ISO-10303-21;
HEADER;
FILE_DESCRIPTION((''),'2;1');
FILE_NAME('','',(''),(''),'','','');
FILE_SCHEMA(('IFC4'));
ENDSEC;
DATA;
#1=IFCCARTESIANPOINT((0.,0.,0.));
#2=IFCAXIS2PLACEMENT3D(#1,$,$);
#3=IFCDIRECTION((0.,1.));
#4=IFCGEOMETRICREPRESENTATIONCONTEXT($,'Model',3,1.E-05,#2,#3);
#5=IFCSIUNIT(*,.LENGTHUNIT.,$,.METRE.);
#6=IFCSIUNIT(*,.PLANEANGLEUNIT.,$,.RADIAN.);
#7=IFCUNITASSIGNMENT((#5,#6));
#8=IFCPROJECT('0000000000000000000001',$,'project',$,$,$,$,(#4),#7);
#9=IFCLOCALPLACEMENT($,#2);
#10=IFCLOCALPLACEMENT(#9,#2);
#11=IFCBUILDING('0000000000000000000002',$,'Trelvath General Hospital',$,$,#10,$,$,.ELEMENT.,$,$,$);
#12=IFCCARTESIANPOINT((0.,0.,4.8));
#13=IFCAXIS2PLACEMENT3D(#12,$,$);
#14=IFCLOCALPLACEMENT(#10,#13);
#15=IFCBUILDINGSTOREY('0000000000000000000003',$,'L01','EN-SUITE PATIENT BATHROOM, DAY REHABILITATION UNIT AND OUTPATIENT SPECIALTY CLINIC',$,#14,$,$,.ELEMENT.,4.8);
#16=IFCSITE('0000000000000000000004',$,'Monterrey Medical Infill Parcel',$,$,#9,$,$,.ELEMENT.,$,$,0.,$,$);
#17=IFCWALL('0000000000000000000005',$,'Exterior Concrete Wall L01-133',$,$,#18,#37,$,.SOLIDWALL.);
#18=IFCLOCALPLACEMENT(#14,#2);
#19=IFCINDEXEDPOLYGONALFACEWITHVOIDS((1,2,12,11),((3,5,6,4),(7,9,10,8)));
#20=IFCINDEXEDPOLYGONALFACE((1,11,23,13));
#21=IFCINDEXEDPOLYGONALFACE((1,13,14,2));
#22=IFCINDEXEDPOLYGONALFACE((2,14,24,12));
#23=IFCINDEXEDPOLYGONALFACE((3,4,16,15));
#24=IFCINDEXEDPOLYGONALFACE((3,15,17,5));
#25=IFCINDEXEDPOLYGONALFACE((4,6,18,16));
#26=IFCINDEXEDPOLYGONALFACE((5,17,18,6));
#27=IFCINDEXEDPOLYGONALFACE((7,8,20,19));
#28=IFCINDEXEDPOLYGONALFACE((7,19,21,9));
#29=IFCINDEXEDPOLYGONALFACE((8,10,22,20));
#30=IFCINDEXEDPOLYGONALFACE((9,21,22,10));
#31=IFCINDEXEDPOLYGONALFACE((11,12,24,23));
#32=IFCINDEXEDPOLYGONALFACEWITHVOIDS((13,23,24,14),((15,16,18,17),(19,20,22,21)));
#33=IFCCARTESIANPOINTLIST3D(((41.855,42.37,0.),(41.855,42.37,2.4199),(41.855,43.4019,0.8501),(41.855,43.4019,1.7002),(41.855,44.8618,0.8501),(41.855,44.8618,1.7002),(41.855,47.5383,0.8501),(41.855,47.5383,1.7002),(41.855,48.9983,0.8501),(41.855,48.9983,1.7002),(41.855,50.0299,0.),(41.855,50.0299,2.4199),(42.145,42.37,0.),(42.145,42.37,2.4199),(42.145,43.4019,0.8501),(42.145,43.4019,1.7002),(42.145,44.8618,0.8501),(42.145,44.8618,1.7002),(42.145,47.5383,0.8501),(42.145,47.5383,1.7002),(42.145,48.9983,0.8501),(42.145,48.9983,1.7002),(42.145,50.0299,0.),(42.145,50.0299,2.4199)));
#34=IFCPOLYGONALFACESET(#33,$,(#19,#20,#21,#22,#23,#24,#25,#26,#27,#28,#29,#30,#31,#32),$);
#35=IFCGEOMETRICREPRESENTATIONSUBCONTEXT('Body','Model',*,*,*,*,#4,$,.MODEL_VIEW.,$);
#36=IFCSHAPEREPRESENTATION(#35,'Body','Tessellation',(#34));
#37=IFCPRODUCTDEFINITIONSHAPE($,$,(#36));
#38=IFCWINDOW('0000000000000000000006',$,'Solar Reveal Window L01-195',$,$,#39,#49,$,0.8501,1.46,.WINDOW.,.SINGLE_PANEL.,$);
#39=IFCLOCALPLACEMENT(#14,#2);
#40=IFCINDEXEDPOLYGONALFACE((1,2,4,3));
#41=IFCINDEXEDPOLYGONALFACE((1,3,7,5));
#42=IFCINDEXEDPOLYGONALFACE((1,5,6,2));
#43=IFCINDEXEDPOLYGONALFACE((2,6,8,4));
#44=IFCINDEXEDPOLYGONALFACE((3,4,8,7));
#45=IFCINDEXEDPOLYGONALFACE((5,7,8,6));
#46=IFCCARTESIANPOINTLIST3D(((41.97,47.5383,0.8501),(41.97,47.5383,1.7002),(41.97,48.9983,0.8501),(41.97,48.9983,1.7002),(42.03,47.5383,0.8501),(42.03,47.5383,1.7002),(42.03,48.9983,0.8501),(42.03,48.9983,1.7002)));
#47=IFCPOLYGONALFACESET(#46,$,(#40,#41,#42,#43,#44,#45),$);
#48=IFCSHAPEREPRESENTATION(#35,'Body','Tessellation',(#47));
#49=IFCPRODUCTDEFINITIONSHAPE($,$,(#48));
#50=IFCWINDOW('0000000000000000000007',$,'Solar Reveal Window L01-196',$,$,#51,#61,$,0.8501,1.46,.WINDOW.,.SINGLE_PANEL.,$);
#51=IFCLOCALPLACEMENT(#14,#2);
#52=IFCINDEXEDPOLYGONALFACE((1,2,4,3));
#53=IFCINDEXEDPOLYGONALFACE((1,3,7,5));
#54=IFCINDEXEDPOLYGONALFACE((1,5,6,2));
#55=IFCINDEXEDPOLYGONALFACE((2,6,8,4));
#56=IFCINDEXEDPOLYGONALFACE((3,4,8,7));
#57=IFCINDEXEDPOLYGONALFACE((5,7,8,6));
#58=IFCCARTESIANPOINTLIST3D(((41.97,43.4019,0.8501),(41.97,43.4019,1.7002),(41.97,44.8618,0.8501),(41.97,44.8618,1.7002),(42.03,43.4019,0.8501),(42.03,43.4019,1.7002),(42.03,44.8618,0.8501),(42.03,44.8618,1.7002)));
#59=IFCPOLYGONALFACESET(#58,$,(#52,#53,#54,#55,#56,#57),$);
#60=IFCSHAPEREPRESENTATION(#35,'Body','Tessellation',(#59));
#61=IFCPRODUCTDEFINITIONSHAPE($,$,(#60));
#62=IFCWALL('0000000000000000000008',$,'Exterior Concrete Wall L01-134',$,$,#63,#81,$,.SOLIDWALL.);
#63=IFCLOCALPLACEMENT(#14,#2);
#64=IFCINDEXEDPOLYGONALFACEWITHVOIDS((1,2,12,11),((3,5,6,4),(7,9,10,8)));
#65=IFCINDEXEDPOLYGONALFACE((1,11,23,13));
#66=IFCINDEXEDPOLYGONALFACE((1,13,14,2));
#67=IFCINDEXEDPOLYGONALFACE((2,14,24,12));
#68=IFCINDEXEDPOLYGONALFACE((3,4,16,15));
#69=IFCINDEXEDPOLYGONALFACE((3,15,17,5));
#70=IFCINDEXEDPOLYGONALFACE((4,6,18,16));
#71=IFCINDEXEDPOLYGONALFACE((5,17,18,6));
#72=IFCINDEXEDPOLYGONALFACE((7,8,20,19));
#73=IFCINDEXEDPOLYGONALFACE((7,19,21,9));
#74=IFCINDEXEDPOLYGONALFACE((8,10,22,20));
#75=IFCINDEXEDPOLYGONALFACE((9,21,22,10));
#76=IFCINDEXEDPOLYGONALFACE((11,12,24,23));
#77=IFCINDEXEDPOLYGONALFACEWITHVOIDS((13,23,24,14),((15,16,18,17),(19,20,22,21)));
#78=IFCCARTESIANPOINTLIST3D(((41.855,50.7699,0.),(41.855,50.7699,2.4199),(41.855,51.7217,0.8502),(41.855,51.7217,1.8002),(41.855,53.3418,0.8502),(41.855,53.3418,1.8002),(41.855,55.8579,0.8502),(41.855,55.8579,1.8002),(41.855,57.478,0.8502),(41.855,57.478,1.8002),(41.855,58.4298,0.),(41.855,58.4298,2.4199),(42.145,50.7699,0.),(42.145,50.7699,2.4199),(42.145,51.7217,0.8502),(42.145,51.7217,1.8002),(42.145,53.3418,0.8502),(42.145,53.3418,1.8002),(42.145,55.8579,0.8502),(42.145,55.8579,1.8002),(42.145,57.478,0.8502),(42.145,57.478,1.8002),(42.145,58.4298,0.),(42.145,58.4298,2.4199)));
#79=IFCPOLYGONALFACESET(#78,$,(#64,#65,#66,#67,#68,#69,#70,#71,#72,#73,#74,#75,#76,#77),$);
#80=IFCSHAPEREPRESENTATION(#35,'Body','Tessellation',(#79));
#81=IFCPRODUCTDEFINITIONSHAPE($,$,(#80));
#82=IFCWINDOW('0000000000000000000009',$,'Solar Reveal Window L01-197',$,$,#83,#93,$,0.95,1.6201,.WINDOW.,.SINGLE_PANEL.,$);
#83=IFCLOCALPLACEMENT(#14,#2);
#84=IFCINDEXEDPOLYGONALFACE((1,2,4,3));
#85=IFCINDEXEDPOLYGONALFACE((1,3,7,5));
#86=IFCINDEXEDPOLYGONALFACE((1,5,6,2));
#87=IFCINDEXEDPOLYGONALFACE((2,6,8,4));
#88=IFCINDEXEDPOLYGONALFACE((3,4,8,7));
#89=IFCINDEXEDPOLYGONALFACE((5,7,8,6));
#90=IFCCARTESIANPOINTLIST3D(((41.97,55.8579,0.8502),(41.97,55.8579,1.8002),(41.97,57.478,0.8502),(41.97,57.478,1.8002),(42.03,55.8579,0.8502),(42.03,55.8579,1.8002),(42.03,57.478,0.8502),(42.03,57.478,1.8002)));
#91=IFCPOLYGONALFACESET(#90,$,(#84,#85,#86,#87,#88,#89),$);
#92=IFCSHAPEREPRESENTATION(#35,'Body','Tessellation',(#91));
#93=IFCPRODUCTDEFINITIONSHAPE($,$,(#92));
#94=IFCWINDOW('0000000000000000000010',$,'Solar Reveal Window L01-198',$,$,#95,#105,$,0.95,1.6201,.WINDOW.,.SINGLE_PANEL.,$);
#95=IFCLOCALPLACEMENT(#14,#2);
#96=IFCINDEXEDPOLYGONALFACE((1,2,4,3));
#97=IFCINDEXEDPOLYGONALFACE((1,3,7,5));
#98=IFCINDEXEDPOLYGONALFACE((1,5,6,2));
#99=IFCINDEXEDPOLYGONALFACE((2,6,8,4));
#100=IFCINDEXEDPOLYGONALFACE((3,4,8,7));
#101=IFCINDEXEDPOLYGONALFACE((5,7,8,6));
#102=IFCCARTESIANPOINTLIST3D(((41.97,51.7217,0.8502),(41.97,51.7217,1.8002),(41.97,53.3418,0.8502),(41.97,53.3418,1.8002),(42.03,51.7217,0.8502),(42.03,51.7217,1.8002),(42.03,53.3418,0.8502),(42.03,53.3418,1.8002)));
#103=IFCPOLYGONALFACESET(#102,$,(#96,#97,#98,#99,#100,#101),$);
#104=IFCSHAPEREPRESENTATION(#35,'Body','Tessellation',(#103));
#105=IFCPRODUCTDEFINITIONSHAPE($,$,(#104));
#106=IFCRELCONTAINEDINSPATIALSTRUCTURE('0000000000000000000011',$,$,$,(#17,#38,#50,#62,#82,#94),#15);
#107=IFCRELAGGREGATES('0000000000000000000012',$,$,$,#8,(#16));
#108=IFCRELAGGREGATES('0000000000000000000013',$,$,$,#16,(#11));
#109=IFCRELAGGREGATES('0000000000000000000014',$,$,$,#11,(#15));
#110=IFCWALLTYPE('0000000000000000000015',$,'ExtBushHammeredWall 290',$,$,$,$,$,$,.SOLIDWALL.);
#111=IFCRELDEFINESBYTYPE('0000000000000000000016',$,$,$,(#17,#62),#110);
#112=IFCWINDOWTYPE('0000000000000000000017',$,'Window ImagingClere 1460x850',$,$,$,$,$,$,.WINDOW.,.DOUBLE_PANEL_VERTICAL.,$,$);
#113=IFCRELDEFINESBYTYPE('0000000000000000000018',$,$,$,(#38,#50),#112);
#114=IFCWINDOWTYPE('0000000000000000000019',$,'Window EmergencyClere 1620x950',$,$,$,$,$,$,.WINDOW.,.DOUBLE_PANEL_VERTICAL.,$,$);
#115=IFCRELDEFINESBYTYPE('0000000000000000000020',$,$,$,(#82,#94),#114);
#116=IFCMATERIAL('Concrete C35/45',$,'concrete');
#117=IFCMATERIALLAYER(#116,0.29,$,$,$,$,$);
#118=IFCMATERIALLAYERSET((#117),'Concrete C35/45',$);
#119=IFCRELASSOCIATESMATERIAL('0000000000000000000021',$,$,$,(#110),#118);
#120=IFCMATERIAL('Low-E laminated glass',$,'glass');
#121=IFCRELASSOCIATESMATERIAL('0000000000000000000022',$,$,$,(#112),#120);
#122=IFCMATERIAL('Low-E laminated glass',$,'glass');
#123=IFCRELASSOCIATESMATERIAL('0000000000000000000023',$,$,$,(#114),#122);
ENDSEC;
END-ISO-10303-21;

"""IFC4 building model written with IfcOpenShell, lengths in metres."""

from ifc_helpers import new_model, si_unit, direction, frame, frame_2d, origin, place, context, subcontext, project, spatial, rectangle, extrude, material, layer, layer_set, type_object, element, fill, save


model = new_model("IFC4")

# Units and contexts
model_context = context("Model", 3, precision=1e-05, world=origin(), true_north=direction((0.0, 1.0)))
body_context = subcontext(model_context, "Body", "Model", "MODEL_VIEW")
ifc_project = project(units=[si_unit("LENGTHUNIT", "METRE"), si_unit("PLANEANGLEUNIT", "RADIAN")], contexts=[model_context])

# Site, building, storey
site_placement = place(None, origin())
site = spatial("IfcSite", under=ifc_project, at=site_placement, Name="Monterrey Medical Infill Parcel", CompositionType="ELEMENT", RefElevation=0.0)
building_placement = place(site_placement, origin())
building = spatial("IfcBuilding", under=site, at=building_placement, Name="Trelvath General Hospital", CompositionType="ELEMENT")
storey_placement = place(building_placement, frame((0.0, 0.0, 4.8)))
storey = spatial("IfcBuildingStorey", under=building, at=storey_placement, Name="L01", Description="EN-SUITE PATIENT BATHROOM, DAY REHABILITATION UNIT AND OUTPATIENT SPECIALTY CLINIC", CompositionType="ELEMENT", Elevation=4.8)

# Walls, openings, windows
ifc_material_1 = material(Name="Concrete C35/45", Category="concrete")
ifc_layer_1 = layer(ifc_material_1, 0.29)
ifc_layer_set_1 = layer_set([ifc_layer_1], Name="Concrete C35/45")
wall_type_1 = type_object("IfcWallType", Name="ExtBushHammeredWall 290", PredefinedType="SOLIDWALL", material=ifc_layer_set_1)
wall_1_placement = place(storey_placement, frame((42.0, 50.03, 0.0), z_axis=(0.0, 0.0, 1.0), x_axis=(0.0, -1.0, 0.0)))
wall_1 = element("IfcWall", 1, at=wall_1_placement, inside=storey, type_object=wall_type_1, Name="Exterior Concrete Wall L01-133", PredefinedType="SOLIDWALL", context=body_context, shape_type="SweptSolid", body=[
    extrude(rectangle(XDim=7.6599, YDim=0.29, at=frame_2d((3.8301, 0.0))), origin(), (0.0, 0.0, 1.0), 2.4199),
])
opening_1_placement = place(wall_1_placement, frame((1.0317, 0.0, 0.8501)))
opening_1 = element("IfcOpeningElement", 2, at=opening_1_placement, cuts=wall_1, PredefinedType="OPENING", context=body_context, shape_type="SweptSolid", body=[
    extrude(rectangle(XDim=1.46, YDim=0.8501, at=frame_2d((0.73, 0.425))), frame((0.0, 0.155, 0.0), z_axis=(0.0, -1.0, 0.0), x_axis=(1.0, 0.0, 0.0)), (0.0, 0.0, 1.0), 0.3101),
])
opening_2_placement = place(wall_1_placement, frame((5.1682, 0.0, 0.8501)))
opening_2 = element("IfcOpeningElement", 3, at=opening_2_placement, cuts=wall_1, PredefinedType="OPENING", context=body_context, shape_type="SweptSolid", body=[
    extrude(rectangle(XDim=1.46, YDim=0.8501, at=frame_2d((0.73, 0.425))), frame((0.0, 0.155, 0.0), z_axis=(0.0, -1.0, 0.0), x_axis=(1.0, 0.0, 0.0)), (0.0, 0.0, 1.0), 0.3101),
])
ifc_material_2 = material(Name="Low-E laminated glass", Category="glass")
window_type_1 = type_object("IfcWindowType", Name="Window ImagingClere 1460x850", PartitioningType="DOUBLE_PANEL_VERTICAL", PredefinedType="WINDOW", material=ifc_material_2)
window_1_placement = place(opening_1_placement, origin())
window_1 = element("IfcWindow", 4, at=window_1_placement, inside=storey, type_object=window_type_1, Name="Solar Reveal Window L01-195", OverallHeight=0.8501, OverallWidth=1.46, PartitioningType="SINGLE_PANEL", PredefinedType="WINDOW", context=body_context, shape_type="SweptSolid", body=[
    extrude(rectangle(XDim=1.46, YDim=0.8501, at=frame_2d((0.73, 0.425))), frame((0.0, 0.03, 0.0), z_axis=(0.0, -1.0, 0.0), x_axis=(1.0, 0.0, 0.0)), (0.0, 0.0, 1.0), 0.0601),
])
fill(opening_1, window_1)
window_2_placement = place(opening_2_placement, origin())
window_2 = element("IfcWindow", 5, at=window_2_placement, inside=storey, type_object=window_type_1, Name="Solar Reveal Window L01-196", OverallHeight=0.8501, OverallWidth=1.46, PartitioningType="SINGLE_PANEL", PredefinedType="WINDOW", context=body_context, shape_type="SweptSolid", body=[
    extrude(rectangle(XDim=1.46, YDim=0.8501, at=frame_2d((0.73, 0.425))), frame((0.0, 0.03, 0.0), z_axis=(0.0, -1.0, 0.0), x_axis=(1.0, 0.0, 0.0)), (0.0, 0.0, 1.0), 0.0601),
])
fill(opening_2, window_2)
wall_2_placement = place(storey_placement, frame((42.0, 58.4299, 0.0), z_axis=(0.0, 0.0, 1.0), x_axis=(0.0, -1.0, 0.0)))
wall_2 = element("IfcWall", 6, at=wall_2_placement, inside=storey, type_object=wall_type_1, Name="Exterior Concrete Wall L01-134", PredefinedType="SOLIDWALL", context=body_context, shape_type="SweptSolid", body=[
    extrude(rectangle(XDim=7.6599, YDim=0.29, at=frame_2d((3.8301, 0.0))), origin(), (0.0, 0.0, 1.0), 2.4199),
])
opening_3_placement = place(wall_2_placement, frame((0.9519, 0.0, 0.8501)))
opening_3 = element("IfcOpeningElement", 7, at=opening_3_placement, cuts=wall_2, PredefinedType="OPENING", context=body_context, shape_type="SweptSolid", body=[
    extrude(rectangle(XDim=1.6201, YDim=0.95, at=frame_2d((0.8101, 0.4751))), frame((0.0, 0.155, 0.0), z_axis=(0.0, -1.0, 0.0), x_axis=(1.0, 0.0, 0.0)), (0.0, 0.0, 1.0), 0.3101),
])
opening_4_placement = place(wall_2_placement, frame((5.0881, 0.0, 0.8501)))
opening_4 = element("IfcOpeningElement", 8, at=opening_4_placement, cuts=wall_2, PredefinedType="OPENING", context=body_context, shape_type="SweptSolid", body=[
    extrude(rectangle(XDim=1.6201, YDim=0.95, at=frame_2d((0.8101, 0.4751))), frame((0.0, 0.155, 0.0), z_axis=(0.0, -1.0, 0.0), x_axis=(1.0, 0.0, 0.0)), (0.0, 0.0, 1.0), 0.3101),
])
ifc_material_3 = material(Name="Low-E laminated glass", Category="glass")
window_type_2 = type_object("IfcWindowType", Name="Window EmergencyClere 1620x950", PartitioningType="DOUBLE_PANEL_VERTICAL", PredefinedType="WINDOW", material=ifc_material_3)
window_3_placement = place(opening_3_placement, origin())
window_3 = element("IfcWindow", 9, at=window_3_placement, inside=storey, type_object=window_type_2, Name="Solar Reveal Window L01-197", OverallHeight=0.95, OverallWidth=1.6201, PartitioningType="SINGLE_PANEL", PredefinedType="WINDOW", context=body_context, shape_type="SweptSolid", body=[
    extrude(rectangle(XDim=1.6201, YDim=0.95, at=frame_2d((0.8101, 0.4751))), frame((0.0, 0.03, 0.0), z_axis=(0.0, -1.0, 0.0), x_axis=(1.0, 0.0, 0.0)), (0.0, 0.0, 1.0), 0.0601),
])
fill(opening_3, window_3)
window_4_placement = place(opening_4_placement, origin())
window_4 = element("IfcWindow", 10, at=window_4_placement, inside=storey, type_object=window_type_2, Name="Solar Reveal Window L01-198", OverallHeight=0.95, OverallWidth=1.6201, PartitioningType="SINGLE_PANEL", PredefinedType="WINDOW", context=body_context, shape_type="SweptSolid", body=[
    extrude(rectangle(XDim=1.6201, YDim=0.95, at=frame_2d((0.8101, 0.4751))), frame((0.0, 0.03, 0.0), z_axis=(0.0, -1.0, 0.0), x_axis=(1.0, 0.0, 0.0)), (0.0, 0.0, 1.0), 0.0601),
])
fill(opening_4, window_4)

save(model, "model.ifc")
